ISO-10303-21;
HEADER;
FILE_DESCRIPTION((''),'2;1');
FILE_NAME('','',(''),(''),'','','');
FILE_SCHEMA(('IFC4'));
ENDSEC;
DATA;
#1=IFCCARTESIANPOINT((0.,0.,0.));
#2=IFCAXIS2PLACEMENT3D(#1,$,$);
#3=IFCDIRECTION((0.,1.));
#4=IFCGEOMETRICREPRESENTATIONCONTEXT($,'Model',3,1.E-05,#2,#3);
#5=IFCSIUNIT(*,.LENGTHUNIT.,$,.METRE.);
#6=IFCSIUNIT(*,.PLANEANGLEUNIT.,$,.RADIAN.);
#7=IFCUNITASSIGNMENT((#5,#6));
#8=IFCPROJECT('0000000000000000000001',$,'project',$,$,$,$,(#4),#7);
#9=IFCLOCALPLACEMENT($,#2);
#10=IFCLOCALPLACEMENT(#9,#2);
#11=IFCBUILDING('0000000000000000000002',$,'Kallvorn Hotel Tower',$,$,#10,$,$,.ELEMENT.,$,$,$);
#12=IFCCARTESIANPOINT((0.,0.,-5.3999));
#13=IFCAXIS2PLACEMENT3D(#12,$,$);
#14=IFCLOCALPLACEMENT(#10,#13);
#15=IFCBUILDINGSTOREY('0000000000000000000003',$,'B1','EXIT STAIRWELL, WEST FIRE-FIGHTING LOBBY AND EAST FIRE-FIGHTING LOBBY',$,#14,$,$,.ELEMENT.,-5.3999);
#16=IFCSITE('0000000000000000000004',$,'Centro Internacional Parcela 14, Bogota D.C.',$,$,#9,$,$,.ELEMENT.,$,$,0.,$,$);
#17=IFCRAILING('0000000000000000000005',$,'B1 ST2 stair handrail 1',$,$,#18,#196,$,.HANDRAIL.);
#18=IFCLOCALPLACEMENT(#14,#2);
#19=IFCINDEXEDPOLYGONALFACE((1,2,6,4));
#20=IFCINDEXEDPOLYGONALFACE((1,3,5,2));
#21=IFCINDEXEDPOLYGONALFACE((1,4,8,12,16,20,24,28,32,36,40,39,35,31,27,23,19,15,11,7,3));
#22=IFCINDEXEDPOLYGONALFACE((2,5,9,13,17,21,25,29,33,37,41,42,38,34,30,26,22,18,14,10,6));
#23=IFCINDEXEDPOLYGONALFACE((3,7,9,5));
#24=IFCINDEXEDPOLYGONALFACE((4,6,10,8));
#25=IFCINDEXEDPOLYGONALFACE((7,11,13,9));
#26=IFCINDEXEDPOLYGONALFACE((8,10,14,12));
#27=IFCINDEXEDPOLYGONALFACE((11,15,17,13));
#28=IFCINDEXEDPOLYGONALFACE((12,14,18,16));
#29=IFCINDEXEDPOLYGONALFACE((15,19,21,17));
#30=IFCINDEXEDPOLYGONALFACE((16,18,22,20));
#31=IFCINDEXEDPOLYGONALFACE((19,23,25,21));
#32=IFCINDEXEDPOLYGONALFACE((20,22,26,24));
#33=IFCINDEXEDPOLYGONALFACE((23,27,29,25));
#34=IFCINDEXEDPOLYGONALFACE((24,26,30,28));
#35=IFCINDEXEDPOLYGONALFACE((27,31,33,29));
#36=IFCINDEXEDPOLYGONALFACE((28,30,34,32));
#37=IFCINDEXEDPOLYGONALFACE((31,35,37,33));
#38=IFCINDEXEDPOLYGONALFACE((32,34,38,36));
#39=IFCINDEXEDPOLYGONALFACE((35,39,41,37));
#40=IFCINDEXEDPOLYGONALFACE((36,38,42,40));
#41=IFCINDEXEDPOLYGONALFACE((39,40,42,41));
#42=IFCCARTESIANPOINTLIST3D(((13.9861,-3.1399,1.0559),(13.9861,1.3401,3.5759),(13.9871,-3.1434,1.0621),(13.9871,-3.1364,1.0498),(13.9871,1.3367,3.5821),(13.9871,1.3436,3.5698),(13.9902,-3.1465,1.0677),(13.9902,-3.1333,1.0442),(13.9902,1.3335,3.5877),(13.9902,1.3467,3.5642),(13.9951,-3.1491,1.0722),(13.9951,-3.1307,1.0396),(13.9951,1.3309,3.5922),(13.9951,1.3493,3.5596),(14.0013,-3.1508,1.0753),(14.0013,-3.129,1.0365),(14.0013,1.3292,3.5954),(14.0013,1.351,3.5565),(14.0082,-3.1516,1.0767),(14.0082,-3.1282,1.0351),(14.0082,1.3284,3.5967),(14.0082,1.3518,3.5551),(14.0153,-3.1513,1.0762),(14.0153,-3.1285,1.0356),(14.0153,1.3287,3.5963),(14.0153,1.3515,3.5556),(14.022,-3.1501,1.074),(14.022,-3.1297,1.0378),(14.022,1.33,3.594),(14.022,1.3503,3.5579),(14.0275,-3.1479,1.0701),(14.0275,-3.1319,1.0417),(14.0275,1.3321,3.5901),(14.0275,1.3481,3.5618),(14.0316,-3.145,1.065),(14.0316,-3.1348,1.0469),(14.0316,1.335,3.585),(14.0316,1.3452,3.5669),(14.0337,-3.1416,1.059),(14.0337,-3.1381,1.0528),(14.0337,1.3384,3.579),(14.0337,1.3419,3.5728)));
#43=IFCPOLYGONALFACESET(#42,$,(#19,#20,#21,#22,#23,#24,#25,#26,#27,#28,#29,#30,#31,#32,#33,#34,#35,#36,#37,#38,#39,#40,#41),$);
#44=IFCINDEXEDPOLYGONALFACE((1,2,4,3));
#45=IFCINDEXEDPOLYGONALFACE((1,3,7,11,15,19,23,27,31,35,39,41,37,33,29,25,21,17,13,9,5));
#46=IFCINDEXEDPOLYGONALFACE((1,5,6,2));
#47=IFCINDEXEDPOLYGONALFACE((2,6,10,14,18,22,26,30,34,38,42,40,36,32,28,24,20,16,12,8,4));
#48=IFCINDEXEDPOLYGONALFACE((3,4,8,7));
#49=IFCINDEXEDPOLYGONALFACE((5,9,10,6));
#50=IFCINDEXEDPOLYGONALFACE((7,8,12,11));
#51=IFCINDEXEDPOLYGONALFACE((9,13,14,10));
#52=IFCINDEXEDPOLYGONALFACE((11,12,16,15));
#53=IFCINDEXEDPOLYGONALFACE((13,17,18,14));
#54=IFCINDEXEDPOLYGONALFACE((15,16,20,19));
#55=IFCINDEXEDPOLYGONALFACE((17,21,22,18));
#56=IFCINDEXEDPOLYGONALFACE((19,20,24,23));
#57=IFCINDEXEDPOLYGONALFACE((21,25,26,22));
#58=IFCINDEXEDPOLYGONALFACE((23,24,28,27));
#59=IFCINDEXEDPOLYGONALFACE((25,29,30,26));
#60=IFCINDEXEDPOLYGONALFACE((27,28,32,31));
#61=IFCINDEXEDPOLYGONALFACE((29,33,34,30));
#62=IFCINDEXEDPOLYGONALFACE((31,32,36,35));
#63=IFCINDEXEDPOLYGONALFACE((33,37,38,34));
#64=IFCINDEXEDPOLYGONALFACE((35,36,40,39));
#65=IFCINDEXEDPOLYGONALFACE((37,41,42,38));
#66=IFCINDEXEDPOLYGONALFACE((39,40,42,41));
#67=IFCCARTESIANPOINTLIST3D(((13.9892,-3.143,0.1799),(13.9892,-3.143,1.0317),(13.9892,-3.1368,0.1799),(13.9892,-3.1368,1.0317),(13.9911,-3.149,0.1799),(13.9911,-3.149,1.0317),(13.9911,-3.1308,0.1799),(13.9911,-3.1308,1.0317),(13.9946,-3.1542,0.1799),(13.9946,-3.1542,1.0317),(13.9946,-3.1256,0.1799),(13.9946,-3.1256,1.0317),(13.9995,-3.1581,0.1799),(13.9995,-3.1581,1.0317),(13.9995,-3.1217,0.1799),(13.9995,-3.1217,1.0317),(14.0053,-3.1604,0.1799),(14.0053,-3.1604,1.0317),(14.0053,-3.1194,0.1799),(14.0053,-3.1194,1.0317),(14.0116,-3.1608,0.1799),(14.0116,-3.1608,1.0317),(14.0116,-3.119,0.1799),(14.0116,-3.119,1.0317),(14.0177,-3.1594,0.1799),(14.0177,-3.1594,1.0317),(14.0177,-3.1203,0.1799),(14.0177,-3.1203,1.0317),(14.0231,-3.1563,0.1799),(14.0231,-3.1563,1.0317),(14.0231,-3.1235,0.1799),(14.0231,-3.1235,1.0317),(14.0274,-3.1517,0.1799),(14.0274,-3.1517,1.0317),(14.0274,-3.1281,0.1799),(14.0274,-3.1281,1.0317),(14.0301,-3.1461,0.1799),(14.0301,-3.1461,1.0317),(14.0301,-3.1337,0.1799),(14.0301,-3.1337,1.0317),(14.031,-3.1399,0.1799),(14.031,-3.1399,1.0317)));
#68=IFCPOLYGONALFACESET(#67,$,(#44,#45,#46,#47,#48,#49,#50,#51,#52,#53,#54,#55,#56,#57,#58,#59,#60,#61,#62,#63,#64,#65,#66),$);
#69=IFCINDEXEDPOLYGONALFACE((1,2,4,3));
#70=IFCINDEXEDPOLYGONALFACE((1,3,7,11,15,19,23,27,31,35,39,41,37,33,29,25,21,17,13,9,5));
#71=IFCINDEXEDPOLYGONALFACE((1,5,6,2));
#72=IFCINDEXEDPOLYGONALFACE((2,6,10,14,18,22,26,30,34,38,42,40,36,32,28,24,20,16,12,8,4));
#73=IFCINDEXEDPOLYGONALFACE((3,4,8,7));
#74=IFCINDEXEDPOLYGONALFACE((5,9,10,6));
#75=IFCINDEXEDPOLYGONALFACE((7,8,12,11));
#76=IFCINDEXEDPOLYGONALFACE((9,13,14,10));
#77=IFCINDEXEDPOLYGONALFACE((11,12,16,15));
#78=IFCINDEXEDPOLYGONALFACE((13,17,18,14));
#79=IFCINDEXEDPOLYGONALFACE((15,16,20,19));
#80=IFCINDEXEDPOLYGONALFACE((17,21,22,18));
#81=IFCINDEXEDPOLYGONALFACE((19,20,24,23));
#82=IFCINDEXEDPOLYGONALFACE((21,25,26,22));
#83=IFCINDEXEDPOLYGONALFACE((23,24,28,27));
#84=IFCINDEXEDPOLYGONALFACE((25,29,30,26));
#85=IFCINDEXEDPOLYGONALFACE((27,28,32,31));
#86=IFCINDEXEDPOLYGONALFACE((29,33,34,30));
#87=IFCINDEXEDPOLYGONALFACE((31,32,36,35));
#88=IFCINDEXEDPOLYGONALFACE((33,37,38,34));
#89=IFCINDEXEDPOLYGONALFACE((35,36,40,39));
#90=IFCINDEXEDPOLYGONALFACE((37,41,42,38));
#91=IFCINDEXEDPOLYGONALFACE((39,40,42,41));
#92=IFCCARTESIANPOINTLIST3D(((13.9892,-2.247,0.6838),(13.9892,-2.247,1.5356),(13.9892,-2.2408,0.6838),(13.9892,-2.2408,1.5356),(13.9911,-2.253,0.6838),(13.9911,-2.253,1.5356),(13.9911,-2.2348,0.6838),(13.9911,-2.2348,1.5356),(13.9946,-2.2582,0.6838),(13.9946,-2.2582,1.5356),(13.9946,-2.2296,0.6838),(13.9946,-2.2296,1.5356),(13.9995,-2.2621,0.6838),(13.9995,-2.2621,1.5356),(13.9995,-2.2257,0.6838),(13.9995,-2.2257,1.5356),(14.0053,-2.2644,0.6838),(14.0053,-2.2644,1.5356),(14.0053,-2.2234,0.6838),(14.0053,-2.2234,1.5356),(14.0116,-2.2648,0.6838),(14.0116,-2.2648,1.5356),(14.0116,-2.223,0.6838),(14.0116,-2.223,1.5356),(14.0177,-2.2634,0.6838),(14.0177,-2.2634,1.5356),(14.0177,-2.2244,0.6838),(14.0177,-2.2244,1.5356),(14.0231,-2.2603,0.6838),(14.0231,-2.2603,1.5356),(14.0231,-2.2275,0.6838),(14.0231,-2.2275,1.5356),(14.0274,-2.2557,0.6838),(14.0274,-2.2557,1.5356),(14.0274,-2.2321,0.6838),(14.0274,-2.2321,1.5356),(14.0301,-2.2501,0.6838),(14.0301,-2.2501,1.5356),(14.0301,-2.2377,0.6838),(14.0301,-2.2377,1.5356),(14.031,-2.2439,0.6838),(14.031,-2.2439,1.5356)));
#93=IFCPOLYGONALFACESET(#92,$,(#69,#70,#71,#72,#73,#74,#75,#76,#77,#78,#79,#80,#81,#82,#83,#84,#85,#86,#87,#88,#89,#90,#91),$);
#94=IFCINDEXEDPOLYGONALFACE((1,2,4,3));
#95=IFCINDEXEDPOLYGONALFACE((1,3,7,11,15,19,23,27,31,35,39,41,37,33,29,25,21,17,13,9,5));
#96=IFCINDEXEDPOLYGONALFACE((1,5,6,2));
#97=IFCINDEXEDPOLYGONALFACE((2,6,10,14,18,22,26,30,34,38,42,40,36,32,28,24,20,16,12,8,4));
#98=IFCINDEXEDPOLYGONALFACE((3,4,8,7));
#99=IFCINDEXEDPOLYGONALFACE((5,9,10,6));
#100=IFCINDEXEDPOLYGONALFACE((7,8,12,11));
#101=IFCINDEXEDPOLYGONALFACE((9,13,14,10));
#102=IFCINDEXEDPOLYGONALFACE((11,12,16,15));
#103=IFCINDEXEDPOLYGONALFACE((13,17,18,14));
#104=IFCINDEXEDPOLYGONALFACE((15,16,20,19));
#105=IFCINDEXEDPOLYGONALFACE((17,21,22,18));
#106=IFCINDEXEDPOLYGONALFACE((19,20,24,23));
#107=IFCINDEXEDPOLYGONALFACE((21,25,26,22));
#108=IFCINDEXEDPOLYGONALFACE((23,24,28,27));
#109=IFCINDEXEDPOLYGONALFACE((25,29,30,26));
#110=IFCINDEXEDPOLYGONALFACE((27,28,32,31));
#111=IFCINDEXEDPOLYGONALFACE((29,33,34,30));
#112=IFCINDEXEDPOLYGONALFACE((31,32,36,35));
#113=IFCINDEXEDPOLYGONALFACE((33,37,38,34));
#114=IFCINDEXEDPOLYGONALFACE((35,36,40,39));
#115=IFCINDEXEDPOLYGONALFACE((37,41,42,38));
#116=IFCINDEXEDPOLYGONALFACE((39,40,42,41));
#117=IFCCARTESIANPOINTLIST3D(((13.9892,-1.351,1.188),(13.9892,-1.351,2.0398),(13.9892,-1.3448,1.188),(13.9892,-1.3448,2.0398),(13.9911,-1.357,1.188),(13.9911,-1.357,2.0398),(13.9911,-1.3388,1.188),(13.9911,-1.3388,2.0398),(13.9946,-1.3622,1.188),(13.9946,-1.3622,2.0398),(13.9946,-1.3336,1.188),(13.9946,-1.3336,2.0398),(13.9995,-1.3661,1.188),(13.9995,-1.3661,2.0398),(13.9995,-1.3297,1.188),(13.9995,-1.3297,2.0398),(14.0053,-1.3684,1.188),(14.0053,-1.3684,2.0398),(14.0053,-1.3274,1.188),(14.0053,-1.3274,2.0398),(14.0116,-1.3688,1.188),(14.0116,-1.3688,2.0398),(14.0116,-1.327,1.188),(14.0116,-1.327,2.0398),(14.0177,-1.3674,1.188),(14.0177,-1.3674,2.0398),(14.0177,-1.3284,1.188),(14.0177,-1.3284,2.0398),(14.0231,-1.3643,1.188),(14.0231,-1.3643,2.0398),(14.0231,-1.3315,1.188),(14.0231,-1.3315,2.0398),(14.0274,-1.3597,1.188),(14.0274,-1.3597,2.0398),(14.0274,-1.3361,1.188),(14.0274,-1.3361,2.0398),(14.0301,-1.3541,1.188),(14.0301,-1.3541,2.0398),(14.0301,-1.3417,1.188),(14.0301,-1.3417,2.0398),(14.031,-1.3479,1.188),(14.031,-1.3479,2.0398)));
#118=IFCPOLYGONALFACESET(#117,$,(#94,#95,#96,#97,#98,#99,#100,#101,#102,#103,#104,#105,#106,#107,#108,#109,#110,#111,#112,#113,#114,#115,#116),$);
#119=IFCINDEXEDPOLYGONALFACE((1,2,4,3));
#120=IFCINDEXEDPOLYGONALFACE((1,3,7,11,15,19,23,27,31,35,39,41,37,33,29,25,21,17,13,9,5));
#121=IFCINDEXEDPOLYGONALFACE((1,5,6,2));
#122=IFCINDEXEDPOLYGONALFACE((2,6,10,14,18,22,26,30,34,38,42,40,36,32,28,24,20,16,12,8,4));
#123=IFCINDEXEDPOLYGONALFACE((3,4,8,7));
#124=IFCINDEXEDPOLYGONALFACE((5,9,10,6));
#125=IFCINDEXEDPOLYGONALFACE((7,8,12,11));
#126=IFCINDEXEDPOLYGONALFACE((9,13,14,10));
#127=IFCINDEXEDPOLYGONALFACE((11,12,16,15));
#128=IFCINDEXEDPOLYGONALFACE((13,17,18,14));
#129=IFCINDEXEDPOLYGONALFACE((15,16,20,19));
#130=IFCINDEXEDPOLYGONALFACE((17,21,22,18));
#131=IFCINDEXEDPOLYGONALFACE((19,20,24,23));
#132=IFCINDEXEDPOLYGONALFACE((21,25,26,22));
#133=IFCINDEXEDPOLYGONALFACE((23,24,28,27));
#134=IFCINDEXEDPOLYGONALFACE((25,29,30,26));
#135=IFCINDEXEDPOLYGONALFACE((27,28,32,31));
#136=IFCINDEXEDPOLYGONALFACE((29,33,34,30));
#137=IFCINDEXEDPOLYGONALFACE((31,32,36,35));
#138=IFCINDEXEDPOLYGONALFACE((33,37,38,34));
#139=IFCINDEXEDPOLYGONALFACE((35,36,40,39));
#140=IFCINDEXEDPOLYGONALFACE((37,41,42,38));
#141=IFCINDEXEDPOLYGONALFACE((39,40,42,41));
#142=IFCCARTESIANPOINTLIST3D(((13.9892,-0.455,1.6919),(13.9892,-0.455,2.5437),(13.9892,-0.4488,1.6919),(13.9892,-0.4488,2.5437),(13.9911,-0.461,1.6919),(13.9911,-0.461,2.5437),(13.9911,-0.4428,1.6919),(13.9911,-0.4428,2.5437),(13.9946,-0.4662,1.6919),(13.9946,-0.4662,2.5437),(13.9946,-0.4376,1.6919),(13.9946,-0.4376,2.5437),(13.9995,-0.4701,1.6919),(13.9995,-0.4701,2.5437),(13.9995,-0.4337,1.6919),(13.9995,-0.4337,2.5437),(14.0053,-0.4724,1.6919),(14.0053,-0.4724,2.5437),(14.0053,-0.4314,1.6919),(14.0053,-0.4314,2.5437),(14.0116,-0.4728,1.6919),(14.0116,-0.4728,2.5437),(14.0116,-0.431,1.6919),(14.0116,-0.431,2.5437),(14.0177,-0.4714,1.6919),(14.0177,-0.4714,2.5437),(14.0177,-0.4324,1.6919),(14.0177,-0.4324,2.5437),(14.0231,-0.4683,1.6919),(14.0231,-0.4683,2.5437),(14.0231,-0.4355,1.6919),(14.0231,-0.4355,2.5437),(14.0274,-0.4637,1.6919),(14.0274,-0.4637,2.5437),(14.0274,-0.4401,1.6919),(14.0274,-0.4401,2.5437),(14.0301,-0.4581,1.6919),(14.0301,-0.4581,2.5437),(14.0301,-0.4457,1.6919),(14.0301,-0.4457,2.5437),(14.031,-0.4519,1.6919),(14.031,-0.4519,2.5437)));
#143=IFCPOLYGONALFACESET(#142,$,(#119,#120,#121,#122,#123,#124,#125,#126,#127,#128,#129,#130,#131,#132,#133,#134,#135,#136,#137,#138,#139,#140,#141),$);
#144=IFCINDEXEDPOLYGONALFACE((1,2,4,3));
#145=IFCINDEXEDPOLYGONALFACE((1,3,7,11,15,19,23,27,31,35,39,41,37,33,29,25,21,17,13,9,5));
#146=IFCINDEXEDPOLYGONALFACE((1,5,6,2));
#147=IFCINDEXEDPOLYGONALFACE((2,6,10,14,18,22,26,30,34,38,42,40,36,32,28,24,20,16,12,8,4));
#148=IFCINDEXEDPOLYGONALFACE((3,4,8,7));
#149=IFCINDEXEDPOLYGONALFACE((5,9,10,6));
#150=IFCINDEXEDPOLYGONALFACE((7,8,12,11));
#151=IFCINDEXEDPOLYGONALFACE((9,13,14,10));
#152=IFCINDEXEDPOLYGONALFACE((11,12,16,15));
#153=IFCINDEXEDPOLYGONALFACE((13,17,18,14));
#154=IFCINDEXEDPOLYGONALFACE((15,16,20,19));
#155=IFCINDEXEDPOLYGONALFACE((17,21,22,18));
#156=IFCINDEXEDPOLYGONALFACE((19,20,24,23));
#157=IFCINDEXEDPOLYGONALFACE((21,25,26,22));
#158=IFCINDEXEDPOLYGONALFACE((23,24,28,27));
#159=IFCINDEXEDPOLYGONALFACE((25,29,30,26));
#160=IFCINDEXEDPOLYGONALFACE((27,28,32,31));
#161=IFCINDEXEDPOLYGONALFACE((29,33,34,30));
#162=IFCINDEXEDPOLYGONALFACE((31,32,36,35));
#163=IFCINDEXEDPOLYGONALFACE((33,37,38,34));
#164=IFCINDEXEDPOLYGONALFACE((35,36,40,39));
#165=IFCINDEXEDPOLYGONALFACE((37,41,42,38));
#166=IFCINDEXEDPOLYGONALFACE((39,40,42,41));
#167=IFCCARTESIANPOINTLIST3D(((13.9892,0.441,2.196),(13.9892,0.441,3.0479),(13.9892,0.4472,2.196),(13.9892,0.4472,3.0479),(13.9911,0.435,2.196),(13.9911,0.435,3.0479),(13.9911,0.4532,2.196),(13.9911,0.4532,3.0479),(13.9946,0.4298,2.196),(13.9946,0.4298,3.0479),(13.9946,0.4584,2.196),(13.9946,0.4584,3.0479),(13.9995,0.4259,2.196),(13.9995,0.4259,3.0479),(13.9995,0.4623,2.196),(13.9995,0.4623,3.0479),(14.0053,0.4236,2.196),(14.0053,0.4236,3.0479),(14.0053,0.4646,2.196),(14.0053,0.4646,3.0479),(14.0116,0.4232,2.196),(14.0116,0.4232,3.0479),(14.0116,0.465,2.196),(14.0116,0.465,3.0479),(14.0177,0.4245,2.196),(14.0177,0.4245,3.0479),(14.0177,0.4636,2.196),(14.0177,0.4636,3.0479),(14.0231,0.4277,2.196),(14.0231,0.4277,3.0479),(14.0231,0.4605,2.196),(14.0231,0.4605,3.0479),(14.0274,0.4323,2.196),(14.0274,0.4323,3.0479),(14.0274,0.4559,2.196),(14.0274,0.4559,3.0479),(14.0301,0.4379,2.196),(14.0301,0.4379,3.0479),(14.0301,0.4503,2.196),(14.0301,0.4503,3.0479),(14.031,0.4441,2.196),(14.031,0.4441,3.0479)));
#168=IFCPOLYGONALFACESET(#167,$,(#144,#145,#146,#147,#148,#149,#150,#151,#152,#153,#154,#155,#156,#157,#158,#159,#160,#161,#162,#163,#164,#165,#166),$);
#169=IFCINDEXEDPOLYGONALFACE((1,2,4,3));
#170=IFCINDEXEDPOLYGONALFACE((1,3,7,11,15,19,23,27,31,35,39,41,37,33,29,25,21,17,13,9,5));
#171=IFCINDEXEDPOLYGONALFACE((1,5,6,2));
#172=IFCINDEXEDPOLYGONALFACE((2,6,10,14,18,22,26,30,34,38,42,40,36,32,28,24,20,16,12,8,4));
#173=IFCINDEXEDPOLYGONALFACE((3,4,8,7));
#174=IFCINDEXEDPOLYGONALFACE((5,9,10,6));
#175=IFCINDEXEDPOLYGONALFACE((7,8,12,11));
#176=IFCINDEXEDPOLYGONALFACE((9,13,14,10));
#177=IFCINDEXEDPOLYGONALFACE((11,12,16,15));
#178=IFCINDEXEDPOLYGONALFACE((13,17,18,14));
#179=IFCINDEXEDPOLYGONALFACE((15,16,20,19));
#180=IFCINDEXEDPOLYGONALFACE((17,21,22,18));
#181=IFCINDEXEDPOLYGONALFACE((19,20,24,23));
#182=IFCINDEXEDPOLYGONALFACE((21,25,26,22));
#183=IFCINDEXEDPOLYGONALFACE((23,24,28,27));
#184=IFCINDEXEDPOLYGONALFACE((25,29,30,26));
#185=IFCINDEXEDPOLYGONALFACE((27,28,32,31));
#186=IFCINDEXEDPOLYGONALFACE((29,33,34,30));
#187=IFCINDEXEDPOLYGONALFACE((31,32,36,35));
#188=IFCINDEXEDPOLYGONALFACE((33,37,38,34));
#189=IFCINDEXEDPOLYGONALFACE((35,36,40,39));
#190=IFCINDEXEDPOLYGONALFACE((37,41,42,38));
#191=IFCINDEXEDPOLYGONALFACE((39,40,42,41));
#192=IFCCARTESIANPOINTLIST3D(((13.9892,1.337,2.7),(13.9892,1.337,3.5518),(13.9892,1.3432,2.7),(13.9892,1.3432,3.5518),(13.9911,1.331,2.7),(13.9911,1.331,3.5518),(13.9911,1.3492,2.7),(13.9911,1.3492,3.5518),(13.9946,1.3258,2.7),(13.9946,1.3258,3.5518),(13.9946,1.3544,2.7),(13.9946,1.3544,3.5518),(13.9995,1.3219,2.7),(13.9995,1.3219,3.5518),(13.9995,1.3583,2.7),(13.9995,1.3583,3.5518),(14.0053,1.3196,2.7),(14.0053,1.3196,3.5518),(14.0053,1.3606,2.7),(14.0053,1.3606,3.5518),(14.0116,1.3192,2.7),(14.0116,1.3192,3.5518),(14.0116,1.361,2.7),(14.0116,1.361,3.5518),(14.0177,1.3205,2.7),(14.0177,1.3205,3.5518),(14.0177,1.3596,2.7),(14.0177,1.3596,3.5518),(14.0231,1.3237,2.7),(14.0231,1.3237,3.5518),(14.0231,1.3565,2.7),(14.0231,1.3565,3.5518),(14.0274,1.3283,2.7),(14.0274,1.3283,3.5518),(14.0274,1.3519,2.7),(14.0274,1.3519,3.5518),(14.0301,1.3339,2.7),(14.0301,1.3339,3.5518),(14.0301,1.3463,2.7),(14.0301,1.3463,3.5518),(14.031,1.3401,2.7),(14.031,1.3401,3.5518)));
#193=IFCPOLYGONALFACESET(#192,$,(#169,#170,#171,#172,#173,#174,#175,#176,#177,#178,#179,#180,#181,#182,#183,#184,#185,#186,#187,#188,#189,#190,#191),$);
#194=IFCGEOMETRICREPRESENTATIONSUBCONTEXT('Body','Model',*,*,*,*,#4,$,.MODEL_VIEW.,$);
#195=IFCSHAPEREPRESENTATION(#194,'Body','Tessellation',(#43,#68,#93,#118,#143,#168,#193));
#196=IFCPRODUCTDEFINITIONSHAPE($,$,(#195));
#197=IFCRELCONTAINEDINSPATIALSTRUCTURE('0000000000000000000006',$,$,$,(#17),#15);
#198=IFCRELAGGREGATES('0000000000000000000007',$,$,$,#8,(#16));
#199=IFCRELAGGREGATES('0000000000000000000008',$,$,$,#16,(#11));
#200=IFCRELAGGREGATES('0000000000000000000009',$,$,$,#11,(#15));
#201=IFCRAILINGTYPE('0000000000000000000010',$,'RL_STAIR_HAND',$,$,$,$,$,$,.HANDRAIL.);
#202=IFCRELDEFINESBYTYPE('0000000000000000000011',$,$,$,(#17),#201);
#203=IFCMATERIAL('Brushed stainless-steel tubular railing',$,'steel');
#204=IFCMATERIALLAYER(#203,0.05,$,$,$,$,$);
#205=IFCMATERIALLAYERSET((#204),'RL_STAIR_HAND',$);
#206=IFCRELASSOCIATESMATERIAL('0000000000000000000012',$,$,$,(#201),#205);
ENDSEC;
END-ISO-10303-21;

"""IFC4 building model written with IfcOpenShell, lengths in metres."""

from ifc_helpers import new_model, si_unit, direction, frame, origin, origin_2d, place, context, subcontext, project, spatial, circle, extrude, material, layer, layer_set, type_object, element, save


model = new_model("IFC4")

# Units and contexts
model_context = context("Model", 3, precision=1e-05, world=origin(), true_north=direction((0.0, 1.0)))
body_context = subcontext(model_context, "Body", "Model", "MODEL_VIEW")
ifc_project = project(units=[si_unit("LENGTHUNIT", "METRE"), si_unit("PLANEANGLEUNIT", "RADIAN")], contexts=[model_context])

# Site, building, storey
site_placement = place(None, origin())
site = spatial("IfcSite", under=ifc_project, at=site_placement, Name="Centro Internacional Parcela 14, Bogota D.C.", CompositionType="ELEMENT", RefElevation=0.0)
building_placement = place(site_placement, origin())
building = spatial("IfcBuilding", under=site, at=building_placement, Name="Kallvorn Hotel Tower", CompositionType="ELEMENT")
storey_placement = place(building_placement, frame((0.0, 0.0, -5.3999)))
storey = spatial("IfcBuildingStorey", under=building, at=storey_placement, Name="B1", Description="EXIT STAIRWELL, WEST FIRE-FIGHTING LOBBY AND EAST FIRE-FIGHTING LOBBY", CompositionType="ELEMENT", Elevation=-5.3999)

# Railing
ifc_material_1 = material(Name="Brushed stainless-steel tubular railing", Category="steel")
ifc_layer_1 = layer(ifc_material_1, 0.05)
ifc_layer_set_1 = layer_set([ifc_layer_1], Name="RL_STAIR_HAND")
railing_type_1 = type_object("IfcRailingType", Name="RL_STAIR_HAND", PredefinedType="HANDRAIL", material=ifc_layer_set_1)
railing_1_placement = place(storey_placement, frame((14.01, -3.1399, 0.1799)))
element("IfcRailing", 1, at=railing_1_placement, inside=storey, type_object=railing_type_1, Name="B1 ST2 stair handrail 1", PredefinedType="HANDRAIL", context=body_context, shape_type="SweptSolid", body=[
    extrude(circle(Radius=0.0239, at=origin_2d()), frame((0.0, 0.0, 0.876), z_axis=(0.0, 0.871573, 0.490266), x_axis=(-1.0, 0.0, 0.0)), (0.0, 0.0, 1.0), 5.1401),
    extrude(circle(Radius=0.021, at=origin_2d()), origin(), (0.0, 0.0, 1.0), 0.8518),
    extrude(circle(Radius=0.021, at=origin_2d()), frame((0.0, 0.896, 0.5039)), (0.0, 0.0, 1.0), 0.8518),
    extrude(circle(Radius=0.021, at=origin_2d()), frame((0.0, 1.792, 1.0081)), (0.0, 0.0, 1.0), 0.8518),
    extrude(circle(Radius=0.021, at=origin_2d()), frame((0.0, 2.688, 1.512)), (0.0, 0.0, 1.0), 0.8518),
    extrude(circle(Radius=0.021, at=origin_2d()), frame((0.0, 3.584, 2.0161)), (0.0, 0.0, 1.0), 0.8518),
    extrude(circle(Radius=0.021, at=origin_2d()), frame((0.0, 4.48, 2.52)), (0.0, 0.0, 1.0), 0.8518),
])

save(model, "model.ifc")
